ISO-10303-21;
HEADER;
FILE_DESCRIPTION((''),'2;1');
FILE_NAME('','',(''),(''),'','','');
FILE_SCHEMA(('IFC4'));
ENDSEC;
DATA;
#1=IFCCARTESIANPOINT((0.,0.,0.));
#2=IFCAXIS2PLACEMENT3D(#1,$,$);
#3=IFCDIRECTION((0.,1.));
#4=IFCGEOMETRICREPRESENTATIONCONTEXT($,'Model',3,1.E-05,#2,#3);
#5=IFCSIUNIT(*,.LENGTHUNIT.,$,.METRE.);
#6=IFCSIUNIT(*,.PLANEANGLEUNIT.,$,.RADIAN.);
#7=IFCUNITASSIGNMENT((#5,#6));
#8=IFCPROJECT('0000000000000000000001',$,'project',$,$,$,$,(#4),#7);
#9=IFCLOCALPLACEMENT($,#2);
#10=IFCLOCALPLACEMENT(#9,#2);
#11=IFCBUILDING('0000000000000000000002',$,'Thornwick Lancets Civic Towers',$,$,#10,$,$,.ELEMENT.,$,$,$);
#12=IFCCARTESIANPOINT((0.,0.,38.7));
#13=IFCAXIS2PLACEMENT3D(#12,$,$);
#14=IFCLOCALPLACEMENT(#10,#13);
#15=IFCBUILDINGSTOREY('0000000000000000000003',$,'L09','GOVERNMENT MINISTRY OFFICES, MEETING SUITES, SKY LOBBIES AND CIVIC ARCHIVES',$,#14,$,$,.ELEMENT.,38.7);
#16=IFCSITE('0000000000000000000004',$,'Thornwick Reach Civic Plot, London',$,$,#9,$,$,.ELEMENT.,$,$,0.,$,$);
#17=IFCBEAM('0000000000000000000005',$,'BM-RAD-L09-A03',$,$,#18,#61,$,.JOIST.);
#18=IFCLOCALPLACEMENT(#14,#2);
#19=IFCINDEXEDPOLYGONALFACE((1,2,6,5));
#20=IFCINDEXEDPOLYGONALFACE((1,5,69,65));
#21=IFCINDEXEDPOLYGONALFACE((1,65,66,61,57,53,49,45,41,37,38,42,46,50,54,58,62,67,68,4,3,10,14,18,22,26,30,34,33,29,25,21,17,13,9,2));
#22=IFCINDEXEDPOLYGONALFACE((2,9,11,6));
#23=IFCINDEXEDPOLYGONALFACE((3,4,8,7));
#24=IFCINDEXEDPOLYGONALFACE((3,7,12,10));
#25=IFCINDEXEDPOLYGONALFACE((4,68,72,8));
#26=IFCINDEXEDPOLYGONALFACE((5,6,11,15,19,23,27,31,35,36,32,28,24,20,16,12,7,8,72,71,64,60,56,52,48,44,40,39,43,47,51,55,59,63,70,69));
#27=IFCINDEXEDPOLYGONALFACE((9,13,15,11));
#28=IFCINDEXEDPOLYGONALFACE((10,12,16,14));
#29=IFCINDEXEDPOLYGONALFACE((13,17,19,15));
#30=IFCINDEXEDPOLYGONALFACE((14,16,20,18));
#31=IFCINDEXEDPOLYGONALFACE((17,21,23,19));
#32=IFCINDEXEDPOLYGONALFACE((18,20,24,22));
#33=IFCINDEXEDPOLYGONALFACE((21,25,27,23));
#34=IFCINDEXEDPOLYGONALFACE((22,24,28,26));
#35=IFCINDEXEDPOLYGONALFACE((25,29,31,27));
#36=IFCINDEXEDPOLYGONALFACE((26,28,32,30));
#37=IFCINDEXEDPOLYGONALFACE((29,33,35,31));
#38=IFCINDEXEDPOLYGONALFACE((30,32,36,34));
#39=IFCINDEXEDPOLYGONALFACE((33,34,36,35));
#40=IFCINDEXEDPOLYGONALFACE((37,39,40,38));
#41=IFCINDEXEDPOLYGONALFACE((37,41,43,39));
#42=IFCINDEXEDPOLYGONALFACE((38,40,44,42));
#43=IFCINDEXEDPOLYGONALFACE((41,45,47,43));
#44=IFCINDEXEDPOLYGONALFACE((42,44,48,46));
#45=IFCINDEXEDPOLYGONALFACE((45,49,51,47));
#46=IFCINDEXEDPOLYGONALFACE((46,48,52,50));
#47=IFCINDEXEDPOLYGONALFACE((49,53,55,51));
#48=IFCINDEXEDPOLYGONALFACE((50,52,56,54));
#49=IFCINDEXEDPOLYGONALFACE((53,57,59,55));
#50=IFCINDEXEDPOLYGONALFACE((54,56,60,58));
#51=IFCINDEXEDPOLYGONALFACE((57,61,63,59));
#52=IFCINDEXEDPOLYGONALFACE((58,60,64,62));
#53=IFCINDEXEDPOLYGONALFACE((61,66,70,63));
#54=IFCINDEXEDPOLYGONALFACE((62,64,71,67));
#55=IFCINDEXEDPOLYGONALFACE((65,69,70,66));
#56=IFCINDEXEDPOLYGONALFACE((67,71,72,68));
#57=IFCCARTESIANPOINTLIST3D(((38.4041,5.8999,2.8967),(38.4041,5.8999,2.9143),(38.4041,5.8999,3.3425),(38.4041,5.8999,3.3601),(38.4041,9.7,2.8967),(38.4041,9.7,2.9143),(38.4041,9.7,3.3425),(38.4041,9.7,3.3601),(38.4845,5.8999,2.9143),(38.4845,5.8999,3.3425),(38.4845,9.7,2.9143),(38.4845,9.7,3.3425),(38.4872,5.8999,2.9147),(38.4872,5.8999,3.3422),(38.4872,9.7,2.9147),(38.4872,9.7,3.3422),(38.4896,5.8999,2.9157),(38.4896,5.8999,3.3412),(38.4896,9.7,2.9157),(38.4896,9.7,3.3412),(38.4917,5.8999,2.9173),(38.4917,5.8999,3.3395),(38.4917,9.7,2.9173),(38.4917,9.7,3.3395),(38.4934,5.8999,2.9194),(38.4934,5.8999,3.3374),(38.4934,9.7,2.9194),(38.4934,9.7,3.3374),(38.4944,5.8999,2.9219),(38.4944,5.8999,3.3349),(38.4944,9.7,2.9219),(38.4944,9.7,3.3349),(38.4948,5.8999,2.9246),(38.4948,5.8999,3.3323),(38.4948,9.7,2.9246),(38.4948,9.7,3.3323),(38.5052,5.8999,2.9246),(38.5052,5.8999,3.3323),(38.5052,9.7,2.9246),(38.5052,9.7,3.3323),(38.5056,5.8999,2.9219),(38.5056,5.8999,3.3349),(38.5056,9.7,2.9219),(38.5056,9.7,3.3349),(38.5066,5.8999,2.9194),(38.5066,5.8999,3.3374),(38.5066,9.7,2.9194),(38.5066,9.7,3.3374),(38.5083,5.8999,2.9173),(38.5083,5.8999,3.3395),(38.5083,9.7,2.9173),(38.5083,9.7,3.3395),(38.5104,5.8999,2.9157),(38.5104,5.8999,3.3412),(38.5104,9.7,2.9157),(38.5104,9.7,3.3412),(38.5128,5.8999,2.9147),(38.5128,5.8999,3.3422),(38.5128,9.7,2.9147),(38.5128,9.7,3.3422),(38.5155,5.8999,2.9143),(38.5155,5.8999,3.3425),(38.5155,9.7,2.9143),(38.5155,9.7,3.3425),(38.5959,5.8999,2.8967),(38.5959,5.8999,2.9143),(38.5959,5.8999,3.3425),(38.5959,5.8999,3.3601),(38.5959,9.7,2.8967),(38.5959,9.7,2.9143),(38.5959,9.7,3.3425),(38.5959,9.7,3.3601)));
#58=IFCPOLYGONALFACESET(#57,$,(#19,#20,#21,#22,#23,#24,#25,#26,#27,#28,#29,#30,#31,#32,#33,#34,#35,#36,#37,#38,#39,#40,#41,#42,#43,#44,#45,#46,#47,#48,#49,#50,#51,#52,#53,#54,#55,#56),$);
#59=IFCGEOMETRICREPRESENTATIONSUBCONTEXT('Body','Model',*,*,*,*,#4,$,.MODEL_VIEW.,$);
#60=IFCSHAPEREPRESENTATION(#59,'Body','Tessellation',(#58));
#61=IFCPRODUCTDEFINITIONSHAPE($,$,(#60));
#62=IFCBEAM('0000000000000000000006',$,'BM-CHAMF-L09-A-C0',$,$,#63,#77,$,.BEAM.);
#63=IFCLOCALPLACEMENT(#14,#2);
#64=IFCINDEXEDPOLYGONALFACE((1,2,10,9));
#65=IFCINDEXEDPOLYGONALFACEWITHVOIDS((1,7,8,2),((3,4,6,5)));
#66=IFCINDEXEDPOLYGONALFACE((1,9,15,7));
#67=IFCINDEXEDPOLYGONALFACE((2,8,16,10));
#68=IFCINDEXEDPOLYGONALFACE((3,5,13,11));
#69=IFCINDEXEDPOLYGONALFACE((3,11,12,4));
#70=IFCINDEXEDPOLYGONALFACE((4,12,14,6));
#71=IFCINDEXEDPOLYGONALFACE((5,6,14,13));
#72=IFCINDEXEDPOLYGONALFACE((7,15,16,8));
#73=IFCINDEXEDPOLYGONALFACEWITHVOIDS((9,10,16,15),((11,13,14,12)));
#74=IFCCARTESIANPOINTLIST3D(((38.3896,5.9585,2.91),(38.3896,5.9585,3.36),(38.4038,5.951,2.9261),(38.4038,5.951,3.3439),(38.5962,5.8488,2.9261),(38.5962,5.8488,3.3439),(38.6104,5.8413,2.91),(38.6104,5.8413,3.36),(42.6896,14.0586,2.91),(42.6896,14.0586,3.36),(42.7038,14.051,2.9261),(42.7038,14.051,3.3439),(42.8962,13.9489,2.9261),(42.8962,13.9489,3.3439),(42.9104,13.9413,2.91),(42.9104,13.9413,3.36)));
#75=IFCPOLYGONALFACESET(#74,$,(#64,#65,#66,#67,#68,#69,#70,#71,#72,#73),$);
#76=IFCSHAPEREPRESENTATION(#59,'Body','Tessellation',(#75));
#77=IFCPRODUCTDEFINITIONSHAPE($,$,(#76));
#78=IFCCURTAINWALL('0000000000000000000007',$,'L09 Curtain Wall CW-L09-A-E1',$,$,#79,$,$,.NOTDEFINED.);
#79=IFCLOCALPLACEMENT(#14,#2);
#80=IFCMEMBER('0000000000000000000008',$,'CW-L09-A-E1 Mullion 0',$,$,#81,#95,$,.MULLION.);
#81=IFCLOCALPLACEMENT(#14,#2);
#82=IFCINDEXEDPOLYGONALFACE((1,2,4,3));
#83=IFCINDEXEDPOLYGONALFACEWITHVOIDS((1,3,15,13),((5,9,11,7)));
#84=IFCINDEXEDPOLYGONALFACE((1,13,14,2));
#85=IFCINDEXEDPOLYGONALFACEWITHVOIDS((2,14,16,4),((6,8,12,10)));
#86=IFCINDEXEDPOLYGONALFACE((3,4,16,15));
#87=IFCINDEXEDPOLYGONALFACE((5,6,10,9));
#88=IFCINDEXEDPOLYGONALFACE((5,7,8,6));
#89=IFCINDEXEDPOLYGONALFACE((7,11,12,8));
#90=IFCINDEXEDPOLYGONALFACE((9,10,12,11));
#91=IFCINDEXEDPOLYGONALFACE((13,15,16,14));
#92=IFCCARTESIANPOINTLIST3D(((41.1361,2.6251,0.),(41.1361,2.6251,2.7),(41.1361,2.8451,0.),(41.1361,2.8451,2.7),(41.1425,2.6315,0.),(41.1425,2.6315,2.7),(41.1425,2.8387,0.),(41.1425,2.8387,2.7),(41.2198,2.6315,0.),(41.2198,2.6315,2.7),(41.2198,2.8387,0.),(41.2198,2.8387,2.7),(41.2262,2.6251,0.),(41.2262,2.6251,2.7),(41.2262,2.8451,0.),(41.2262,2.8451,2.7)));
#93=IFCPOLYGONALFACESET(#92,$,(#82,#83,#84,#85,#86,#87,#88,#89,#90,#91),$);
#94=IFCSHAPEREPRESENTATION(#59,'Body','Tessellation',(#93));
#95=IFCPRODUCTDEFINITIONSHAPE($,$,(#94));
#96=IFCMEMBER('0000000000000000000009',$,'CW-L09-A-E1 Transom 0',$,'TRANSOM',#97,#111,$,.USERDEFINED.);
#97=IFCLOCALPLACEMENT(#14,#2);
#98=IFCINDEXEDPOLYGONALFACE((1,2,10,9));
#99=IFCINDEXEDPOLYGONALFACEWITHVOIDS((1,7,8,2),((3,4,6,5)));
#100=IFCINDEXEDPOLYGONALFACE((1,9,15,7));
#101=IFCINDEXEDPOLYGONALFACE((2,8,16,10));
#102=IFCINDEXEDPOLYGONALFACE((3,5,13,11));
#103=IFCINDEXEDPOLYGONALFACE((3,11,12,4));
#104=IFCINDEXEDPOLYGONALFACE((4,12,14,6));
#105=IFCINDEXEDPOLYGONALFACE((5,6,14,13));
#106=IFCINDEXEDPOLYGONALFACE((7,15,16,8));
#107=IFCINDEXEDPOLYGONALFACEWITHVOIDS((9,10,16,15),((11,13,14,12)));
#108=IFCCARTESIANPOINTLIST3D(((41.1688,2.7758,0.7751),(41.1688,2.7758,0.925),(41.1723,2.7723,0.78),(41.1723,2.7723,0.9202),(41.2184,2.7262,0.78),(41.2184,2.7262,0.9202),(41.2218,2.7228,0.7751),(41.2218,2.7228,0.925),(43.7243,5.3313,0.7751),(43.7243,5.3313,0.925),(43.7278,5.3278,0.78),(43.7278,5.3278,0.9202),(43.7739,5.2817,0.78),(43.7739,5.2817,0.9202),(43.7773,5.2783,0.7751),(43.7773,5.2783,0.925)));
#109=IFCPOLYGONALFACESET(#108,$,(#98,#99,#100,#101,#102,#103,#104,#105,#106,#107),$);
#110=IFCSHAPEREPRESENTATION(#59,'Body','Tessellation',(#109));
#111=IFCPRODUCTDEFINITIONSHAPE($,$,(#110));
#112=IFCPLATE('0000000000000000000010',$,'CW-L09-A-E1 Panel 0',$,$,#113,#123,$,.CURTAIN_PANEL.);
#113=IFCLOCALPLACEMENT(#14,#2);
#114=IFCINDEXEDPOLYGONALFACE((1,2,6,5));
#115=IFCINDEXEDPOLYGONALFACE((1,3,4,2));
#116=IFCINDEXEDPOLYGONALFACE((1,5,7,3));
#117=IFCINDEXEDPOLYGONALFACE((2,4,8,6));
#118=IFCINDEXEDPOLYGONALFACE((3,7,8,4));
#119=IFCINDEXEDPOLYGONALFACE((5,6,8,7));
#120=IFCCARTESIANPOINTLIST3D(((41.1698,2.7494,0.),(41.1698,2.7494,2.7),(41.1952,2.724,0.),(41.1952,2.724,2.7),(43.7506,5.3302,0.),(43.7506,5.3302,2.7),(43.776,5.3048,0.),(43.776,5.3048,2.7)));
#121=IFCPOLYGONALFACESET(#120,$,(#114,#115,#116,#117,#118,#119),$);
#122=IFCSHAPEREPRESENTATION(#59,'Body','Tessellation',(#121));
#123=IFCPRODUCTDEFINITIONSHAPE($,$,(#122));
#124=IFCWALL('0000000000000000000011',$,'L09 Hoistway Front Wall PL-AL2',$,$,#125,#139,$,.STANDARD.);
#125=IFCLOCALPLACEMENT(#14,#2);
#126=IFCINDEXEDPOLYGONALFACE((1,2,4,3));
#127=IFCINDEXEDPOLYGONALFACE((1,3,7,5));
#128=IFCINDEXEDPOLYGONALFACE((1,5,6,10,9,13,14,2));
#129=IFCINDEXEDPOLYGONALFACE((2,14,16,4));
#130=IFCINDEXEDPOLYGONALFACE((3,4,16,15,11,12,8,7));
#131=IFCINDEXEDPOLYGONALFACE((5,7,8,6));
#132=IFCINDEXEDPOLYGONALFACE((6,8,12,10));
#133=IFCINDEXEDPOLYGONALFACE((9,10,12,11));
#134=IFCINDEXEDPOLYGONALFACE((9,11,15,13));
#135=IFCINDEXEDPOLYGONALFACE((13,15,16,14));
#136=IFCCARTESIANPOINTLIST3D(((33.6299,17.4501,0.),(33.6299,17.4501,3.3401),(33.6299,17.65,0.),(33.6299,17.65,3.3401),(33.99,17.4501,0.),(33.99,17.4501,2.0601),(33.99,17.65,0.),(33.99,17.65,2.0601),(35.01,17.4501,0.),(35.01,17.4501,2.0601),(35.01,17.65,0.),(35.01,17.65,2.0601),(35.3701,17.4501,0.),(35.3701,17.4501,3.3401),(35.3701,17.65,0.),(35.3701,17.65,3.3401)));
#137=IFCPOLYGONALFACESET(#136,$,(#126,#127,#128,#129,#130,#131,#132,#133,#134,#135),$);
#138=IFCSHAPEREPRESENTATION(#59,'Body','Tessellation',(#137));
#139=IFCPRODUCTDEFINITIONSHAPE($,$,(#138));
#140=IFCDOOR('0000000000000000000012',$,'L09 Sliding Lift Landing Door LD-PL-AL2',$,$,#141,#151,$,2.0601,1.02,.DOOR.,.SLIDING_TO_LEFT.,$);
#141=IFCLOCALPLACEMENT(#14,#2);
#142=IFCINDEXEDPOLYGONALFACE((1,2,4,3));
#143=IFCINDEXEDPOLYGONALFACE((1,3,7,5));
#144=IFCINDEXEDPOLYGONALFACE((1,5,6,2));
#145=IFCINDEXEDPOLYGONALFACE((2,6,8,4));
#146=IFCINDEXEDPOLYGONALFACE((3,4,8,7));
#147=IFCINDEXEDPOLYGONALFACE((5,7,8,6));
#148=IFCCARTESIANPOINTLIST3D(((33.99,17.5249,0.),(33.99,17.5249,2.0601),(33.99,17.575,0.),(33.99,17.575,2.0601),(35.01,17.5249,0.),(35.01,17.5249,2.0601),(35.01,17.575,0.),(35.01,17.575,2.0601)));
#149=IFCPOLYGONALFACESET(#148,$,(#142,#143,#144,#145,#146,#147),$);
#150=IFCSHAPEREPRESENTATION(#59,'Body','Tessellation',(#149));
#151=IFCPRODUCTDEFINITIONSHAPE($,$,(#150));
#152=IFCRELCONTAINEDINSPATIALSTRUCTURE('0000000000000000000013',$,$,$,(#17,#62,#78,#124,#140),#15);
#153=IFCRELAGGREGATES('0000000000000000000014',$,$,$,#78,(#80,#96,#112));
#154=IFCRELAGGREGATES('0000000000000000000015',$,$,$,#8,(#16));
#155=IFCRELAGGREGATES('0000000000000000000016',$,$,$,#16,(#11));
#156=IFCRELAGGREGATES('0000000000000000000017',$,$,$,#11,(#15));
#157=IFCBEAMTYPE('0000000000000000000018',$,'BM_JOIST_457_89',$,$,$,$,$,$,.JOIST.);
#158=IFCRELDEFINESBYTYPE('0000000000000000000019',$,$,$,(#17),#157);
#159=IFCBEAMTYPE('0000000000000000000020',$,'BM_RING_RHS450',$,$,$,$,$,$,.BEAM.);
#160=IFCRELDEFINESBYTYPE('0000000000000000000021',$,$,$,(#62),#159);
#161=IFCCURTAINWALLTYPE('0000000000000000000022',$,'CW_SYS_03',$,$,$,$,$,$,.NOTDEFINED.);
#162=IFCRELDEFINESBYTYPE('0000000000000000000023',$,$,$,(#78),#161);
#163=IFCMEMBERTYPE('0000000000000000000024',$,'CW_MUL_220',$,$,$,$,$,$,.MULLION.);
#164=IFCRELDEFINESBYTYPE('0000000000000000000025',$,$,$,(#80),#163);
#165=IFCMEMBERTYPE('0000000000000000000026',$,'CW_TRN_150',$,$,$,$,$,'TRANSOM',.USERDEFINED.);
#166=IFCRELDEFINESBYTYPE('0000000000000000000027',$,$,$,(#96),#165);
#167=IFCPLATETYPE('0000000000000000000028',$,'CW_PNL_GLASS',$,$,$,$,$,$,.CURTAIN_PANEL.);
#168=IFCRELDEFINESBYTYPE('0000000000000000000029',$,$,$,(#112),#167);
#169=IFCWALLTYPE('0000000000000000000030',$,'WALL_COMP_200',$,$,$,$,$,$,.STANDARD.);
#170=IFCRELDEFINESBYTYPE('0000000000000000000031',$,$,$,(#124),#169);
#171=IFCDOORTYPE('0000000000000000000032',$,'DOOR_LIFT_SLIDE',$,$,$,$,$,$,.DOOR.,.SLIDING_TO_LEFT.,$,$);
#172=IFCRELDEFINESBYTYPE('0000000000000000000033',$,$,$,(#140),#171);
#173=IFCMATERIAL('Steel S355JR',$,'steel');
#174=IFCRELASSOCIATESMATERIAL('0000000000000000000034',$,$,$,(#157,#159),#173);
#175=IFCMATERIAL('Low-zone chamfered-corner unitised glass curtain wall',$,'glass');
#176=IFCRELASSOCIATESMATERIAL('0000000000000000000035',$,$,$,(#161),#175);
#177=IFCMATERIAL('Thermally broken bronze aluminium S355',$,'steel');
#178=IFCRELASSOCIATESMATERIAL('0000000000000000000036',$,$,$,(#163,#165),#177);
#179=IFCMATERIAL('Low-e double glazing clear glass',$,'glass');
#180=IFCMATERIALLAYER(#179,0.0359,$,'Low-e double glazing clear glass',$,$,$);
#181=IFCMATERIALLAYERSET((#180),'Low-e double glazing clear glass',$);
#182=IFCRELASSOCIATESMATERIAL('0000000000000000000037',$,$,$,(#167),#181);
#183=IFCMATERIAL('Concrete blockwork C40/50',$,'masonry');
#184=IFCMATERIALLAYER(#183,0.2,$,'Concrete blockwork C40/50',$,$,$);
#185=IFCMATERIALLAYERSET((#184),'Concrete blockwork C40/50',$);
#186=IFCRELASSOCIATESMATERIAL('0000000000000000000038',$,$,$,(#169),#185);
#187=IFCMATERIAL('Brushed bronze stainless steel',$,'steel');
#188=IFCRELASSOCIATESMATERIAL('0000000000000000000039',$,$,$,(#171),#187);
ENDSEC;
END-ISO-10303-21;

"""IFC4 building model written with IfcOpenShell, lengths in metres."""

from ifc_helpers import new_model, si_unit, direction, frame, frame_2d, origin, origin_2d, place, context, subcontext, project, spatial, rectangle, hollow_rectangle, i_section, extrude, material, layer, layer_set, material_profile, profile_set, type_object, element, fill, aggregate, save


model = new_model("IFC4")

# Units and contexts
model_context = context("Model", 3, precision=1e-05, world=origin(), true_north=direction((0.0, 1.0)))
body_context = subcontext(model_context, "Body", "Model", "MODEL_VIEW")
ifc_project = project(units=[si_unit("LENGTHUNIT", "METRE"), si_unit("PLANEANGLEUNIT", "RADIAN")], contexts=[model_context])

# Site, building, storey
site_placement = place(None, origin())
site = spatial("IfcSite", under=ifc_project, at=site_placement, Name="Thornwick Reach Civic Plot, London", CompositionType="ELEMENT", RefElevation=0.0)
building_placement = place(site_placement, origin())
building = spatial("IfcBuilding", under=site, at=building_placement, Name="Thornwick Lancets Civic Towers", CompositionType="ELEMENT")
storey_placement = place(building_placement, frame((0.0, 0.0, 38.7)))
storey = spatial("IfcBuildingStorey", under=building, at=storey_placement, Name="L09", Description="GOVERNMENT MINISTRY OFFICES, MEETING SUITES, SKY LOBBIES AND CIVIC ARCHIVES", CompositionType="ELEMENT", Elevation=38.7)

# Beams
ifc_material_1 = material(Name="Steel S355JR", Category="steel")
ifc_material_profile_1 = material_profile(ifc_material_1, i_section(OverallWidth=0.1919, OverallDepth=0.4634, WebThickness=0.0105, FlangeThickness=0.0176, FilletRadius=0.0103, at=origin_2d()), Name="UKB 457x191x89")
ifc_profile_set_1 = profile_set([ifc_material_profile_1], Name="Steel S355JR")
beam_type_1 = type_object("IfcBeamType", Name="BM_JOIST_457_89", PredefinedType="JOIST", material=ifc_profile_set_1)
beam_1_placement = place(storey_placement, frame((38.5, 9.7, 3.1284), z_axis=(0.0, -1.0, 0.0), x_axis=(1.0, 0.0, 0.0)))
element("IfcBeam", 1, at=beam_1_placement, inside=storey, type_object=beam_type_1, Name="BM-RAD-L09-A03", PredefinedType="JOIST", context=body_context, shape_type="SweptSolid", body=[
    extrude(i_section(OverallWidth=0.1919, OverallDepth=0.4634, WebThickness=0.0105, FlangeThickness=0.0176, FilletRadius=0.0103, at=origin_2d()), origin(), (0.0, 0.0, 1.0), 3.8),
])
ifc_material_profile_2 = material_profile(ifc_material_1, hollow_rectangle(XDim=0.25, YDim=0.45, WallThickness=0.0161, at=origin_2d()), Name="RHS 450x250x16")
ifc_profile_set_2 = profile_set([ifc_material_profile_2], Name="Steel S355JR")
beam_type_2 = type_object("IfcBeamType", Name="BM_RING_RHS450", PredefinedType="BEAM", material=ifc_profile_set_2)
beam_2_placement = place(storey_placement, frame((38.5, 5.8999, 3.135), z_axis=(0.468889, 0.883257, 0.0), x_axis=(-0.883257, 0.468889, 0.0)))
element("IfcBeam", 2, at=beam_2_placement, inside=storey, type_object=beam_type_2, Name="BM-CHAMF-L09-A-C0", PredefinedType="BEAM", context=body_context, shape_type="SweptSolid", body=[
    extrude(hollow_rectangle(XDim=0.25, YDim=0.45, WallThickness=0.0161, at=origin_2d()), origin(), (0.0, 0.0, 1.0), 9.1707),
])

# Curtain wall, members, plate
ifc_material_2 = material(Name="Low-zone chamfered-corner unitised glass curtain wall", Category="glass")
curtain_wall_type = type_object("IfcCurtainWallType", Name="CW_SYS_03", PredefinedType="NOTDEFINED", material=ifc_material_2)
curtain_wall_placement = place(storey_placement, origin())
curtain_wall = element("IfcCurtainWall", 3, at=curtain_wall_placement, inside=storey, type_object=curtain_wall_type, Name="L09 Curtain Wall CW-L09-A-E1", PredefinedType="NOTDEFINED")
ifc_material_3 = material(Name="Thermally broken bronze aluminium S355", Category="steel")
ifc_material_profile_3 = material_profile(ifc_material_3, hollow_rectangle(XDim=0.0901, YDim=0.22, WallThickness=0.0063, at=origin_2d()), Name="RHS 220x90x6.3")
ifc_profile_set_3 = profile_set([ifc_material_profile_3], Name="Thermally broken bronze aluminium S355")
member_type_1 = type_object("IfcMemberType", Name="CW_MUL_220", PredefinedType="MULLION", material=ifc_profile_set_3)
member_1_placement = place(storey_placement, frame((41.1812, 2.7351, 0.0), z_axis=(0.0, 0.0, 1.0), x_axis=(1.0, 0.0, 0.0)))
member_1 = element("IfcMember", 4, at=member_1_placement, type_object=member_type_1, Name="CW-L09-A-E1 Mullion 0", PredefinedType="MULLION", context=body_context, shape_type="SweptSolid", body=[
    extrude(hollow_rectangle(XDim=0.0901, YDim=0.22, WallThickness=0.0063, at=origin_2d()), origin(), (0.0, 0.0, 1.0), 2.7),
])
ifc_material_profile_4 = material_profile(ifc_material_3, hollow_rectangle(XDim=0.075, YDim=0.1499, WallThickness=0.0049, at=origin_2d()), Name="RHS 150x75x5")
ifc_profile_set_4 = profile_set([ifc_material_profile_4], Name="Thermally broken bronze aluminium S355")
member_type_2 = type_object("IfcMemberType", Name="CW_TRN_150", ElementType="TRANSOM", PredefinedType="USERDEFINED", material=ifc_profile_set_4)
member_2_placement = place(storey_placement, frame((41.1953, 2.7493, 0.8501), z_axis=(0.707107, 0.707107, 0.0), x_axis=(-0.707107, 0.707107, 0.0)))
member_2 = element("IfcMember", 5, at=member_2_placement, type_object=member_type_2, Name="CW-L09-A-E1 Transom 0", ObjectType="TRANSOM", PredefinedType="USERDEFINED", context=body_context, shape_type="SweptSolid", body=[
    extrude(hollow_rectangle(XDim=0.075, YDim=0.1499, WallThickness=0.0049, at=origin_2d()), origin(), (0.0, 0.0, 1.0), 3.614),
])
ifc_material_4 = material(Name="Low-e double glazing clear glass", Category="glass")
ifc_layer_1 = layer(ifc_material_4, 0.0359, Name="Low-e double glazing clear glass")
ifc_layer_set_1 = layer_set([ifc_layer_1], Name="Low-e double glazing clear glass")
plate_type = type_object("IfcPlateType", Name="CW_PNL_GLASS", PredefinedType="CURTAIN_PANEL", material=ifc_layer_set_1)
plate_placement = place(storey_placement, frame((42.4729, 4.0271, 0.0), z_axis=(0.0, 0.0, 1.0), x_axis=(0.707107, 0.707107, 0.0)))
plate = element("IfcPlate", 6, at=plate_placement, type_object=plate_type, Name="CW-L09-A-E1 Panel 0", PredefinedType="CURTAIN_PANEL", context=body_context, shape_type="SweptSolid", body=[
    extrude(rectangle(XDim=3.6499, YDim=0.0359, at=origin_2d()), origin(), (0.0, 0.0, 1.0), 2.7),
])
aggregate(curtain_wall, [member_1, member_2, plate])

# Wall, opening, door
ifc_material_5 = material(Name="Concrete blockwork C40/50", Category="masonry")
ifc_layer_2 = layer(ifc_material_5, 0.2, Name="Concrete blockwork C40/50")
ifc_layer_set_2 = layer_set([ifc_layer_2], Name="Concrete blockwork C40/50")
wall_type_1 = type_object("IfcWallType", Name="WALL_COMP_200", PredefinedType="STANDARD", material=ifc_layer_set_2)
wall_1_placement = place(storey_placement, frame((33.6299, 17.55, 0.0), z_axis=(0.0, 0.0, 1.0), x_axis=(1.0, 0.0, 0.0)))
wall_1 = element("IfcWall", 7, at=wall_1_placement, inside=storey, type_object=wall_type_1, Name="L09 Hoistway Front Wall PL-AL2", PredefinedType="STANDARD", context=body_context, shape_type="SweptSolid", body=[
    extrude(rectangle(XDim=1.7402, YDim=0.2, at=frame_2d((0.8701, 0.0))), origin(), (0.0, 0.0, 1.0), 3.3401),
])
opening_1_placement = place(wall_1_placement, frame((0.3601, 0.0, 0.0)))
opening_1 = element("IfcOpeningElement", 8, at=opening_1_placement, cuts=wall_1, PredefinedType="OPENING", context=body_context, shape_type="SweptSolid", body=[
    extrude(rectangle(XDim=1.02, YDim=2.0601, at=frame_2d((0.51, 1.03))), frame((0.0, 0.1099, 0.0), z_axis=(0.0, -1.0, 0.0), x_axis=(1.0, 0.0, 0.0)), (0.0, 0.0, 1.0), 0.22),
])
ifc_material_6 = material(Name="Brushed bronze stainless steel", Category="steel")
door_type_1 = type_object("IfcDoorType", Name="DOOR_LIFT_SLIDE", OperationType="SLIDING_TO_LEFT", PredefinedType="DOOR", material=ifc_material_6)
door_1_placement = place(opening_1_placement, origin())
door_1 = element("IfcDoor", 9, at=door_1_placement, inside=storey, type_object=door_type_1, Name="L09 Sliding Lift Landing Door LD-PL-AL2", OperationType="SLIDING_TO_LEFT", OverallHeight=2.0601, OverallWidth=1.02, PredefinedType="DOOR", context=body_context, shape_type="SweptSolid", body=[
    extrude(rectangle(XDim=1.02, YDim=2.0601, at=frame_2d((0.51, 1.03))), frame((0.0, 0.0249, 0.0), z_axis=(0.0, -1.0, 0.0), x_axis=(1.0, 0.0, 0.0)), (0.0, 0.0, 1.0), 0.05),
])
fill(opening_1, door_1)

save(model, "model.ifc")
